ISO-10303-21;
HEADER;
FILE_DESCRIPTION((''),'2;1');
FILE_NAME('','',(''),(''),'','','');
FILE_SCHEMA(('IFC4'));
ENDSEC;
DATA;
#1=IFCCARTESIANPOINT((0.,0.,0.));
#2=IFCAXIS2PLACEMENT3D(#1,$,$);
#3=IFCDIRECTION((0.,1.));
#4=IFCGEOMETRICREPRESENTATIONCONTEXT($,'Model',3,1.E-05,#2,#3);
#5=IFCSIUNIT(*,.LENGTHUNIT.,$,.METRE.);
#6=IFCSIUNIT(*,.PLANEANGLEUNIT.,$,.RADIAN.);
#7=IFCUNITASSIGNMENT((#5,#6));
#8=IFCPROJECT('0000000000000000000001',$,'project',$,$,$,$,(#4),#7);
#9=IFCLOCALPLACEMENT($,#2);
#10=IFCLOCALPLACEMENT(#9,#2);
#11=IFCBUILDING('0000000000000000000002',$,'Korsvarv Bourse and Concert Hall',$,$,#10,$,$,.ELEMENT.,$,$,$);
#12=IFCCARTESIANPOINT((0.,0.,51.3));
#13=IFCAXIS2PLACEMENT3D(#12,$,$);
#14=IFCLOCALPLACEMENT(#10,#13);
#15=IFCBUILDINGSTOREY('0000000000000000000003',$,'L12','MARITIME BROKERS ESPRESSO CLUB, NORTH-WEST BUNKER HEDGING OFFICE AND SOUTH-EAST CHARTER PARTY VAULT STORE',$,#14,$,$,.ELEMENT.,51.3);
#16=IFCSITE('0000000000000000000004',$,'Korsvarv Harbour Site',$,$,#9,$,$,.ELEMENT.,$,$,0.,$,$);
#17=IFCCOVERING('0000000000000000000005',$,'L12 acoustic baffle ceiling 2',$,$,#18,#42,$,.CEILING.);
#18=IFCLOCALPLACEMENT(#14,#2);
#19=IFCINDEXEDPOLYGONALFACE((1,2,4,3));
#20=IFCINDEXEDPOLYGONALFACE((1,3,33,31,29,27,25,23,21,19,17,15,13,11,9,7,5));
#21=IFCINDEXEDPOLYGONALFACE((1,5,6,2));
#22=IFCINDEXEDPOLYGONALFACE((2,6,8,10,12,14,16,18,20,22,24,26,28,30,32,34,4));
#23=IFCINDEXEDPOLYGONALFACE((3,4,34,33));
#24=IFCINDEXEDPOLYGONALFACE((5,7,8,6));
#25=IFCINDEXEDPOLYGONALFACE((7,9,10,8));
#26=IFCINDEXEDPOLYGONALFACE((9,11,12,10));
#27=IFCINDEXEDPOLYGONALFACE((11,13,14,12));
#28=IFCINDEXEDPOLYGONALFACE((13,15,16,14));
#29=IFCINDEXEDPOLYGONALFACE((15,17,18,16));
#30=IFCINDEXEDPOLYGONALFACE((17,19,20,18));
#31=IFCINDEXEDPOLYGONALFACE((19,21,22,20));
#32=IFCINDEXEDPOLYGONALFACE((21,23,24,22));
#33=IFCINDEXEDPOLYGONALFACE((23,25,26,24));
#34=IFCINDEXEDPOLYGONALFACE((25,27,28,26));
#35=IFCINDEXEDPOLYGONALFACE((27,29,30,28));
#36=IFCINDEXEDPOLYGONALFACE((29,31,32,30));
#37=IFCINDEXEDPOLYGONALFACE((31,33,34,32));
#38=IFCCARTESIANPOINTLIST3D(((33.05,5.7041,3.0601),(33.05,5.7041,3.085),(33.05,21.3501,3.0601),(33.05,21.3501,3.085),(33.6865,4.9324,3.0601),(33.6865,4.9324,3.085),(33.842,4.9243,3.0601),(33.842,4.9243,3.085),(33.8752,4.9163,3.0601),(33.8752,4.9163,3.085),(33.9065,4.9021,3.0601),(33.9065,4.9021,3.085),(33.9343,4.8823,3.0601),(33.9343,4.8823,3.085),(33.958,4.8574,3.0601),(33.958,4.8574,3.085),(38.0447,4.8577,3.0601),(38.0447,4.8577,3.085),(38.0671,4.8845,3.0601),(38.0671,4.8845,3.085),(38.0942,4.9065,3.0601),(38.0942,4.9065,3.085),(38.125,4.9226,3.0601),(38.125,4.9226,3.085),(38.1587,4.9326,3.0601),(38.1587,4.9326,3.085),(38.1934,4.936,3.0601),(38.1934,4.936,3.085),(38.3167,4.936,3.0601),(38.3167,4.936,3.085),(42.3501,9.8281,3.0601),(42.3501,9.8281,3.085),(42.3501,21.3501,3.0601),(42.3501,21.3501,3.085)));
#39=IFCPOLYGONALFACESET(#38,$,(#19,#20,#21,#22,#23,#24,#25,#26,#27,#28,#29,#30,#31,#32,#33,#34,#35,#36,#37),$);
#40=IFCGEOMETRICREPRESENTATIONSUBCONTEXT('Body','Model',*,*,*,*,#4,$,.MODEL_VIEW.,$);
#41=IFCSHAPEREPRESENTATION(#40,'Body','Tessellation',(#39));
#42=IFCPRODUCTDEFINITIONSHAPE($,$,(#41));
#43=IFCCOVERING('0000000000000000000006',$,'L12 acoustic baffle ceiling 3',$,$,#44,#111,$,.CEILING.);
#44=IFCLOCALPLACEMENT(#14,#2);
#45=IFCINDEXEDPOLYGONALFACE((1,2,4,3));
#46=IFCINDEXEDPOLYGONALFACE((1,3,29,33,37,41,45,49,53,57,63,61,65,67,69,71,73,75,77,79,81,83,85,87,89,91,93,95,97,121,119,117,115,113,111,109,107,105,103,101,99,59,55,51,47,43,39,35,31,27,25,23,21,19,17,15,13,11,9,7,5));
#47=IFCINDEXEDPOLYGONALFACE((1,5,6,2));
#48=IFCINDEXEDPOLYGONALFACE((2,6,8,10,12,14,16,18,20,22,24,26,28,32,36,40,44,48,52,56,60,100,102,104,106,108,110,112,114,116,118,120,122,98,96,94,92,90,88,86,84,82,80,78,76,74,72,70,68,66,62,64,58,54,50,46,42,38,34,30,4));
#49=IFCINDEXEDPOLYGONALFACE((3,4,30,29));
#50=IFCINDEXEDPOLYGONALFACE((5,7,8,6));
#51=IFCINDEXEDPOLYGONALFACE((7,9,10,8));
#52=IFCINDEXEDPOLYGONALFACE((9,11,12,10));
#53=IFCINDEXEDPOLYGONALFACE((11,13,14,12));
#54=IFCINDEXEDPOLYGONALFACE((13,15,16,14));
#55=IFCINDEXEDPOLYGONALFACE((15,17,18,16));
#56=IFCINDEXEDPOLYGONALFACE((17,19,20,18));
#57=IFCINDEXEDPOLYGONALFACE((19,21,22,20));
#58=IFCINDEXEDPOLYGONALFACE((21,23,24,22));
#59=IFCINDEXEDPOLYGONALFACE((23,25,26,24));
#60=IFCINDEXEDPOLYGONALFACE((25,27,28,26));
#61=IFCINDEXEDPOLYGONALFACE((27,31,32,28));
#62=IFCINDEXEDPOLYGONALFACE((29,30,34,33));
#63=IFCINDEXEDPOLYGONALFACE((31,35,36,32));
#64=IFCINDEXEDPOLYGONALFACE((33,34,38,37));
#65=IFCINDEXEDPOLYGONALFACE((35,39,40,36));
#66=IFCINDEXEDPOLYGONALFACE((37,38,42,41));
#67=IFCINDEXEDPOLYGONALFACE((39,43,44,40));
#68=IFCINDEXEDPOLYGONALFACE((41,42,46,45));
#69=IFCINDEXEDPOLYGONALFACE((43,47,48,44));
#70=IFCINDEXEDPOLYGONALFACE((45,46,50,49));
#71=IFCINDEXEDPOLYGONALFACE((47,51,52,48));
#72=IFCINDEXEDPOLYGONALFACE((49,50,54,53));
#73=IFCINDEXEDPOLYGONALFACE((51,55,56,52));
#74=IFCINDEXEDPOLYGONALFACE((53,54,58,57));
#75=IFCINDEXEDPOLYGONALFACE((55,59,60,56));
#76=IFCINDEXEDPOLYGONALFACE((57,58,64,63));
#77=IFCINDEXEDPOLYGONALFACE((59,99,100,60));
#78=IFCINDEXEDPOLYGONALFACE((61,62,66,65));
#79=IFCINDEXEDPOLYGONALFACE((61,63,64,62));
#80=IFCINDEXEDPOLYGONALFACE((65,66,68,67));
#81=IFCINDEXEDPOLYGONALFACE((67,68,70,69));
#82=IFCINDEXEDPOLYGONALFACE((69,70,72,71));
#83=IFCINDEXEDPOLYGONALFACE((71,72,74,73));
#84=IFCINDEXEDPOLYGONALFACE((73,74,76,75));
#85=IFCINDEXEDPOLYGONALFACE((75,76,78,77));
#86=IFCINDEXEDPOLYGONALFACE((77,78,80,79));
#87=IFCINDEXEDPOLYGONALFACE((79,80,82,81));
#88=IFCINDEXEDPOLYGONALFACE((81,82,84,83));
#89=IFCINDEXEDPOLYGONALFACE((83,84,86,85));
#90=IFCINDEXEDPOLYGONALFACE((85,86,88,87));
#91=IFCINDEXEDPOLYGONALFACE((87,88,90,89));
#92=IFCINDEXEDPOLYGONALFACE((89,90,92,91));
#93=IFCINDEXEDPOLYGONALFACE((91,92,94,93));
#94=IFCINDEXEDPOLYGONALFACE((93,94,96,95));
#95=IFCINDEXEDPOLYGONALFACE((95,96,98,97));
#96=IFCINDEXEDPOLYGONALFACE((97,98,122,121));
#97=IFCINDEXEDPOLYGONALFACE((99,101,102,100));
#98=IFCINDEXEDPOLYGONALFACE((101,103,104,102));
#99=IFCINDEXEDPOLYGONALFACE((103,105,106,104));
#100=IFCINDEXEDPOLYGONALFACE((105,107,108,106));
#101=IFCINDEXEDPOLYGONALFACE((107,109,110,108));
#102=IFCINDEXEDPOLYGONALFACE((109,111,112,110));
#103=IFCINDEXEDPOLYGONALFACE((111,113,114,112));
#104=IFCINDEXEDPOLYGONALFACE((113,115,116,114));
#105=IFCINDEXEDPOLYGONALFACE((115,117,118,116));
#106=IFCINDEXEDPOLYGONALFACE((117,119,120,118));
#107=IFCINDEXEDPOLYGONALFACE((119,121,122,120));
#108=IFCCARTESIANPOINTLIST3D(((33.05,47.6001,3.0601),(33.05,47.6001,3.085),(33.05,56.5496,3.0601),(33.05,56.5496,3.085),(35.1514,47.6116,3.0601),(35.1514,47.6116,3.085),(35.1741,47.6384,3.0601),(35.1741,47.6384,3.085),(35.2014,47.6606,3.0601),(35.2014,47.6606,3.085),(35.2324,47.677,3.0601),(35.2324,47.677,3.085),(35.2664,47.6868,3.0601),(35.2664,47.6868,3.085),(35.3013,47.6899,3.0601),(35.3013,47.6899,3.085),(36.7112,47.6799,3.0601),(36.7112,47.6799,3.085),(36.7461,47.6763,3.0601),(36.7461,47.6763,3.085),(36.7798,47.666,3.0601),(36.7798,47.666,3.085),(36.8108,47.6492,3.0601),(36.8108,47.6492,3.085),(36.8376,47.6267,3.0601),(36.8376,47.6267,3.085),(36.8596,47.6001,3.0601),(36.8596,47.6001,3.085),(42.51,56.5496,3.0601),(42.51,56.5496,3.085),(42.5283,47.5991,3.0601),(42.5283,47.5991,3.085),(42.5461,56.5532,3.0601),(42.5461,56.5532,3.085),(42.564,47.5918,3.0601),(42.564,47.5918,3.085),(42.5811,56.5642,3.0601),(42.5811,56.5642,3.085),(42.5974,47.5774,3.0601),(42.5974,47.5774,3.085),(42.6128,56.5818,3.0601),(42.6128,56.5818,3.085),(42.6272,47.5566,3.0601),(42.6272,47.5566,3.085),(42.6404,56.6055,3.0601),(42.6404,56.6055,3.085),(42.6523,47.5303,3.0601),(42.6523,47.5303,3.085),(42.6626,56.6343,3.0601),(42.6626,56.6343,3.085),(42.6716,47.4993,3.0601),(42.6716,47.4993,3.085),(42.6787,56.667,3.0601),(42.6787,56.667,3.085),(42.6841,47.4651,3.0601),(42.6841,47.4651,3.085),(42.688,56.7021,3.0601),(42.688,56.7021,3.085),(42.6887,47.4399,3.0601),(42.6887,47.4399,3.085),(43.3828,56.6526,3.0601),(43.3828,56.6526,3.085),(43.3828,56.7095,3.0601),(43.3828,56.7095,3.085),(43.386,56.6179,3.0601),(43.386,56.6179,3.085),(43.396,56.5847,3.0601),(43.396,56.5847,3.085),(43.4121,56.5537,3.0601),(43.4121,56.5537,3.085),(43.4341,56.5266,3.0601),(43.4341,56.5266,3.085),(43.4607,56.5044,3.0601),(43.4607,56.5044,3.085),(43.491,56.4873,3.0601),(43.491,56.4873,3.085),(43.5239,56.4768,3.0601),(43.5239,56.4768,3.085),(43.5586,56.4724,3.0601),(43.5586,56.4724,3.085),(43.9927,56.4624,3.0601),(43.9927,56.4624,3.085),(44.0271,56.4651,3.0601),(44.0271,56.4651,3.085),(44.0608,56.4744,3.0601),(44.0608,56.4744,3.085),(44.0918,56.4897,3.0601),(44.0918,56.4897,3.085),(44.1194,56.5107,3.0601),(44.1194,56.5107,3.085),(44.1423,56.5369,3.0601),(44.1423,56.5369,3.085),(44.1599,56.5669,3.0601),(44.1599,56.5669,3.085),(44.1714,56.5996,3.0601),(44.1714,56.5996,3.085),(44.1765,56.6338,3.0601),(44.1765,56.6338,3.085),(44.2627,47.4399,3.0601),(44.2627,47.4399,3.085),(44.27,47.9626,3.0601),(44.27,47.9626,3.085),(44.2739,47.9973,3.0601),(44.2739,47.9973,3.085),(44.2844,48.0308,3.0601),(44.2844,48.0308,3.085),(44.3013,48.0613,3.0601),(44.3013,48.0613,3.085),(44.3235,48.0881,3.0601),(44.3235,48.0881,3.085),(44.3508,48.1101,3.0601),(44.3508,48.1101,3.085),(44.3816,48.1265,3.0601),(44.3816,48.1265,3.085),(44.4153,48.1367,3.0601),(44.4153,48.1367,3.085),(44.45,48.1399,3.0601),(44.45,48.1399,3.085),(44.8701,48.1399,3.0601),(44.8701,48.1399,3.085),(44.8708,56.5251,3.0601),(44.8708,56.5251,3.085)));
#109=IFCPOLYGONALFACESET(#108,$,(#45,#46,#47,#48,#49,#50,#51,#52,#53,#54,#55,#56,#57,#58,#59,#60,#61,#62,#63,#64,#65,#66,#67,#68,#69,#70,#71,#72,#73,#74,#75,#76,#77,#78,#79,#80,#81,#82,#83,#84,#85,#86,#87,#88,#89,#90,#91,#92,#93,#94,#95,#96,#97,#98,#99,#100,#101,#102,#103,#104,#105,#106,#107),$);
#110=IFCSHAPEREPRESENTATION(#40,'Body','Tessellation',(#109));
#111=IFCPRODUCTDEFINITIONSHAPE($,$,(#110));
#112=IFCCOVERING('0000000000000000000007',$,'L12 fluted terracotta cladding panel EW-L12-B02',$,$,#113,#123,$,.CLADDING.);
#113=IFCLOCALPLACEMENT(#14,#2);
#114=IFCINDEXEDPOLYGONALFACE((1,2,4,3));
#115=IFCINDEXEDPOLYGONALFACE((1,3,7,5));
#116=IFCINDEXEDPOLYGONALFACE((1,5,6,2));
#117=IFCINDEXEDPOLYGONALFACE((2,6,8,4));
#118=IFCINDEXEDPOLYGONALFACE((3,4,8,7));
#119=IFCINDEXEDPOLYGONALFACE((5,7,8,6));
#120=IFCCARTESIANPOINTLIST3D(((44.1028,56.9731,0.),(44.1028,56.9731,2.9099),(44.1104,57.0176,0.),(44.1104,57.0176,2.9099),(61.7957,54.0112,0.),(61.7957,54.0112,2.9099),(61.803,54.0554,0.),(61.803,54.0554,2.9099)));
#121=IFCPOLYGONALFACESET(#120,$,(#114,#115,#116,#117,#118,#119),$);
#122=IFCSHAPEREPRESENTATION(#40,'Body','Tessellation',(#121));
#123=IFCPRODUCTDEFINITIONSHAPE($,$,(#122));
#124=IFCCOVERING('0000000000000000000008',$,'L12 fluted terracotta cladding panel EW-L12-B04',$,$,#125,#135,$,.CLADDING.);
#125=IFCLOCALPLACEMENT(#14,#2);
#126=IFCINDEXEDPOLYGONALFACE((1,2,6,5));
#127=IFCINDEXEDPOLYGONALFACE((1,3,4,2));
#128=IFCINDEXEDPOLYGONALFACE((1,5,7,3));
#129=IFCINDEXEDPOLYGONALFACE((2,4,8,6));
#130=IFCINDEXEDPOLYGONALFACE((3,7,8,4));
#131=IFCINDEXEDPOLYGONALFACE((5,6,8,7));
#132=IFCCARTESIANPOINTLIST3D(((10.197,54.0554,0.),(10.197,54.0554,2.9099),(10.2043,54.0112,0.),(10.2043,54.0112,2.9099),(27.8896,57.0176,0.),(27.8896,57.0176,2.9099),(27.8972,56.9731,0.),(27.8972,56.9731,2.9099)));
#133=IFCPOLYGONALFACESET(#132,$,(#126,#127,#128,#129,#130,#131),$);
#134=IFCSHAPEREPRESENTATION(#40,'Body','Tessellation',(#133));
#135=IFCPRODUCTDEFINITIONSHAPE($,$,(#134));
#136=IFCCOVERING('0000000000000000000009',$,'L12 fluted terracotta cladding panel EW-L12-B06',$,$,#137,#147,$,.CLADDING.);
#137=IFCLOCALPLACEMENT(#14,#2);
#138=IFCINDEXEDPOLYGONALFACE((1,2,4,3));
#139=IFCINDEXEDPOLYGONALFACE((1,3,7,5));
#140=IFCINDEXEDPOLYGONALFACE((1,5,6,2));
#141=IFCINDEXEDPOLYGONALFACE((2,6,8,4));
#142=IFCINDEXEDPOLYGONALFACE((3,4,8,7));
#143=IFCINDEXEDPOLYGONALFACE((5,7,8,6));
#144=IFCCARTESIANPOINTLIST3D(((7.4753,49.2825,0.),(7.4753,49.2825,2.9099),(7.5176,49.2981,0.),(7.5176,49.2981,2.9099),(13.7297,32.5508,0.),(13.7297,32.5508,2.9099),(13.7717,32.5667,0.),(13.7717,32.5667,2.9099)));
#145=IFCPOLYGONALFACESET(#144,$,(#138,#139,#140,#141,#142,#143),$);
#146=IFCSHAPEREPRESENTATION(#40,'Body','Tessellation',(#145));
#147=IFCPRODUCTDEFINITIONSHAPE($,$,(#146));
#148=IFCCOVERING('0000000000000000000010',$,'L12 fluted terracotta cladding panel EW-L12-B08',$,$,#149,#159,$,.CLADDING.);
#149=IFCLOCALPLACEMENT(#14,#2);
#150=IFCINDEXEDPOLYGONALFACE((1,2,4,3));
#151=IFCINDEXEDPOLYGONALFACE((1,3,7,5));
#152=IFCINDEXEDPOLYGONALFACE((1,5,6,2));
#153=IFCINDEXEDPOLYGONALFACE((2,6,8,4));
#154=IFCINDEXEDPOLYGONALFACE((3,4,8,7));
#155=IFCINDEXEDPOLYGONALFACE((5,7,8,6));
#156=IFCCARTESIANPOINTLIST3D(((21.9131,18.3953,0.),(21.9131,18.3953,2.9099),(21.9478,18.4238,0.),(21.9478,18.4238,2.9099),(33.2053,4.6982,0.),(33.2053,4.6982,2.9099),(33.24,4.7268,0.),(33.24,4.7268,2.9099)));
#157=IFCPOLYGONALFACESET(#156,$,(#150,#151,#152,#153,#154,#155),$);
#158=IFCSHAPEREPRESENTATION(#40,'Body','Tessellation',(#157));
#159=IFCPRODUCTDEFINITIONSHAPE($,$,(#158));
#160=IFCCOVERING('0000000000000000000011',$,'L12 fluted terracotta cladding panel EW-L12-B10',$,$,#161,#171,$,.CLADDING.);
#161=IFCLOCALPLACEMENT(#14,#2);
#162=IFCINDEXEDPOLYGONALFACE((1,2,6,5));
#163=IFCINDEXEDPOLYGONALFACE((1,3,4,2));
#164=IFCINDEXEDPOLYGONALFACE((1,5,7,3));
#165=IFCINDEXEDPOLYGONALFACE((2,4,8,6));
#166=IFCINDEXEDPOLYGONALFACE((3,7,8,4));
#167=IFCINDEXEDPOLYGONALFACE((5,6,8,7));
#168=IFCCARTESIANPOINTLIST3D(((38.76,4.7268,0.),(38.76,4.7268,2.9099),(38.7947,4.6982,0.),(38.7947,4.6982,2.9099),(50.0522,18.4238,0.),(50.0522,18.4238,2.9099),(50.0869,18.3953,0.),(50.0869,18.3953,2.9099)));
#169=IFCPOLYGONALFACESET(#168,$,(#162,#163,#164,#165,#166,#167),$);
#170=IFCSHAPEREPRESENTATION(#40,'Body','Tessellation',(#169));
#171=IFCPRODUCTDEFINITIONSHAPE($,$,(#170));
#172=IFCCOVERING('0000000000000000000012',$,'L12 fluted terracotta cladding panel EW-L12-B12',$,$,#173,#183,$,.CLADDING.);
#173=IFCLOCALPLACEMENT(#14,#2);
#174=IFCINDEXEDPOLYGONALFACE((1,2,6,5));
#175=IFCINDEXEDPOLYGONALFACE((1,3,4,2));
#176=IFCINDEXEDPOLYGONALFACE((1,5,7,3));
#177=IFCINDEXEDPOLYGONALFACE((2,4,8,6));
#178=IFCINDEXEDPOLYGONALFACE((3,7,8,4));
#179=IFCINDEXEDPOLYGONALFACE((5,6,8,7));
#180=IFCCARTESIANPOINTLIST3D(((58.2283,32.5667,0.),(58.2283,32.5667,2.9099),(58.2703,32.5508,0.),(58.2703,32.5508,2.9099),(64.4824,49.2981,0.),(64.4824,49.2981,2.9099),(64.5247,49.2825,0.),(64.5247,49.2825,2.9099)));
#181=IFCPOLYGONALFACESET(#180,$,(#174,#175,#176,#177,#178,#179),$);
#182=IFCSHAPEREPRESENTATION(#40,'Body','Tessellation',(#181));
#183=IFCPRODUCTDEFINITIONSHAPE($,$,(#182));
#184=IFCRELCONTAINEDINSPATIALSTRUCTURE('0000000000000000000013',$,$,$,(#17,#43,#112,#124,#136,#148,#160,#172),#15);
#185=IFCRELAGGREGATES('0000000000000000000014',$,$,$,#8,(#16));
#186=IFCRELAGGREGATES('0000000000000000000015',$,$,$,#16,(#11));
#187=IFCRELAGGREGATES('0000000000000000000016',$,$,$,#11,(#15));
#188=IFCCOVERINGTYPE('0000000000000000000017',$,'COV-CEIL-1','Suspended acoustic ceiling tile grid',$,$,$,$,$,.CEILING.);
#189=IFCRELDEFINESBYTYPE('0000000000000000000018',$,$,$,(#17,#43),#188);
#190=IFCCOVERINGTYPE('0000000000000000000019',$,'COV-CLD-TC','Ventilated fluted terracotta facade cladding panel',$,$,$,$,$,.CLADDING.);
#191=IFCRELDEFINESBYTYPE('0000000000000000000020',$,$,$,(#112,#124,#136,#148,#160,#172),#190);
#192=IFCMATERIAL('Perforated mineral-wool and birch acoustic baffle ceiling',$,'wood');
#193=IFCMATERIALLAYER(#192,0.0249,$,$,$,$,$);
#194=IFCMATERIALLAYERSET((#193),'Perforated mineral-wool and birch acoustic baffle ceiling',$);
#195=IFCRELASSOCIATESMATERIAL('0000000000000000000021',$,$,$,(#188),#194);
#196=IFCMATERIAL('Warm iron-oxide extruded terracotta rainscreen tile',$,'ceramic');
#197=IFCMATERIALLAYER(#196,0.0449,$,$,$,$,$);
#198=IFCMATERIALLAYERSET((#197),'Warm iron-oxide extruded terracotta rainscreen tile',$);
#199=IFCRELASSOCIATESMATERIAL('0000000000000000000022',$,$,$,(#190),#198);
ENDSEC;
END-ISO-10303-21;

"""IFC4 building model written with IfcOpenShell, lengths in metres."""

from ifc_helpers import new_model, si_unit, direction, frame, origin, place, context, subcontext, project, spatial, polyline, outline, extrude, material, layer, layer_set, type_object, element, save


model = new_model("IFC4")

# Units and contexts
model_context = context("Model", 3, precision=1e-05, world=origin(), true_north=direction((0.0, 1.0)))
body_context = subcontext(model_context, "Body", "Model", "MODEL_VIEW")
ifc_project = project(units=[si_unit("LENGTHUNIT", "METRE"), si_unit("PLANEANGLEUNIT", "RADIAN")], contexts=[model_context])

# Site, building, storey
site_placement = place(None, origin())
site = spatial("IfcSite", under=ifc_project, at=site_placement, Name="Korsvarv Harbour Site", CompositionType="ELEMENT", RefElevation=0.0)
building_placement = place(site_placement, origin())
building = spatial("IfcBuilding", under=site, at=building_placement, Name="Korsvarv Bourse and Concert Hall", CompositionType="ELEMENT")
storey_placement = place(building_placement, frame((0.0, 0.0, 51.3)))
storey = spatial("IfcBuildingStorey", under=building, at=storey_placement, Name="L12", Description="MARITIME BROKERS ESPRESSO CLUB, NORTH-WEST BUNKER HEDGING OFFICE AND SOUTH-EAST CHARTER PARTY VAULT STORE", CompositionType="ELEMENT", Elevation=51.3)

# Coverings
ifc_material_1 = material(Name="Perforated mineral-wool and birch acoustic baffle ceiling", Category="wood")
ifc_layer_1 = layer(ifc_material_1, 0.0249)
ifc_layer_set_1 = layer_set([ifc_layer_1], Name="Perforated mineral-wool and birch acoustic baffle ceiling")
covering_type_1 = type_object("IfcCoveringType", Name="COV-CEIL-1", Description="Suspended acoustic ceiling tile grid", PredefinedType="CEILING", material=ifc_layer_set_1)
covering_1_placement = place(storey_placement, frame((0.0, 0.0, 3.0601)))
element("IfcCovering", 1, at=covering_1_placement, inside=storey, type_object=covering_type_1, Name="L12 acoustic baffle ceiling 2", PredefinedType="CEILING", context=body_context, shape_type="SweptSolid", body=[
    extrude(outline(polyline([(33.958, 4.8574), (33.9343, 4.8823), (33.9065, 4.9021), (33.8752, 4.9163), (33.842, 4.9243), (33.6865, 4.9324), (33.05, 5.7041), (33.05, 21.3501), (42.3501, 21.3501), (42.3501, 9.8281), (38.3167, 4.936), (38.1934, 4.936), (38.1587, 4.9326), (38.125, 4.9226), (38.0942, 4.9065), (38.0671, 4.8845), (38.0447, 4.8577), (33.958, 4.8574)])), origin(), (0.0, 0.0, 1.0), 0.0249),
])
covering_2_placement = place(storey_placement, frame((0.0, 0.0, 3.0601)))
element("IfcCovering", 2, at=covering_2_placement, inside=storey, type_object=covering_type_1, Name="L12 acoustic baffle ceiling 3", PredefinedType="CEILING", context=body_context, shape_type="SweptSolid", body=[
    extrude(outline(polyline([(33.05, 47.6001), (33.05, 56.5496), (42.51, 56.5496), (42.5461, 56.5532), (42.5811, 56.5642), (42.6128, 56.5818), (42.6404, 56.6055), (42.6626, 56.6343), (42.6787, 56.667), (42.688, 56.7021), (43.3828, 56.7095), (43.3828, 56.6526), (43.386, 56.6179), (43.396, 56.5847), (43.4121, 56.5537), (43.4341, 56.5266), (43.4607, 56.5044), (43.491, 56.4873), (43.5239, 56.4768), (43.5586, 56.4724), (43.9927, 56.4624), (44.0271, 56.4651), (44.0608, 56.4744), (44.0918, 56.4897), (44.1194, 56.5107), (44.1423, 56.5369), (44.1599, 56.5669), (44.1714, 56.5996), (44.1765, 56.6338), (44.8708, 56.5251), (44.8701, 48.1399), (44.45, 48.1399), (44.4153, 48.1367), (44.3816, 48.1265), (44.3508, 48.1101), (44.3235, 48.0881), (44.3013, 48.0613), (44.2844, 48.0308), (44.2739, 47.9973), (44.27, 47.9626), (44.2627, 47.4399), (42.6887, 47.4399), (42.6841, 47.4651), (42.6716, 47.4993), (42.6523, 47.5303), (42.6272, 47.5566), (42.5974, 47.5774), (42.564, 47.5918), (42.5283, 47.5991), (36.8596, 47.6001), (36.8376, 47.6267), (36.8108, 47.6492), (36.7798, 47.666), (36.7461, 47.6763), (36.7112, 47.6799), (35.3013, 47.6899), (35.2664, 47.6868), (35.2324, 47.677), (35.2014, 47.6606), (35.1741, 47.6384), (35.1514, 47.6116), (33.05, 47.6001)])), origin(), (0.0, 0.0, 1.0), 0.0249),
])
ifc_material_2 = material(Name="Warm iron-oxide extruded terracotta rainscreen tile", Category="ceramic")
ifc_layer_2 = layer(ifc_material_2, 0.0449)
ifc_layer_set_2 = layer_set([ifc_layer_2], Name="Warm iron-oxide extruded terracotta rainscreen tile")
covering_type_2 = type_object("IfcCoveringType", Name="COV-CLD-TC", Description="Ventilated fluted terracotta facade cladding panel", PredefinedType="CLADDING", material=ifc_layer_set_2)
covering_3_placement = place(storey_placement, origin())
element("IfcCovering", 3, at=covering_3_placement, inside=storey, type_object=covering_type_2, Name="L12 fluted terracotta cladding panel EW-L12-B02", PredefinedType="CLADDING", context=body_context, shape_type="SweptSolid", body=[
    extrude(outline(polyline([(61.7957, 54.0112), (44.1028, 56.9731), (44.1104, 57.0176), (61.803, 54.0554), (61.7957, 54.0112)])), origin(), (0.0, 0.0, 1.0), 2.9099),
])
covering_4_placement = place(storey_placement, origin())
element("IfcCovering", 4, at=covering_4_placement, inside=storey, type_object=covering_type_2, Name="L12 fluted terracotta cladding panel EW-L12-B04", PredefinedType="CLADDING", context=body_context, shape_type="SweptSolid", body=[
    extrude(outline(polyline([(27.8972, 56.9731), (10.2043, 54.0112), (10.197, 54.0554), (27.8896, 57.0176), (27.8972, 56.9731)])), origin(), (0.0, 0.0, 1.0), 2.9099),
])
covering_5_placement = place(storey_placement, origin())
element("IfcCovering", 5, at=covering_5_placement, inside=storey, type_object=covering_type_2, Name="L12 fluted terracotta cladding panel EW-L12-B06", PredefinedType="CLADDING", context=body_context, shape_type="SweptSolid", body=[
    extrude(outline(polyline([(7.5176, 49.2981), (13.7717, 32.5667), (13.7297, 32.5508), (7.4753, 49.2825), (7.5176, 49.2981)])), origin(), (0.0, 0.0, 1.0), 2.9099),
])
covering_6_placement = place(storey_placement, origin())
element("IfcCovering", 6, at=covering_6_placement, inside=storey, type_object=covering_type_2, Name="L12 fluted terracotta cladding panel EW-L12-B08", PredefinedType="CLADDING", context=body_context, shape_type="SweptSolid", body=[
    extrude(outline(polyline([(21.9478, 18.4238), (33.24, 4.7268), (33.2053, 4.6982), (21.9131, 18.3953), (21.9478, 18.4238)])), origin(), (0.0, 0.0, 1.0), 2.9099),
])
covering_7_placement = place(storey_placement, origin())
element("IfcCovering", 7, at=covering_7_placement, inside=storey, type_object=covering_type_2, Name="L12 fluted terracotta cladding panel EW-L12-B10", PredefinedType="CLADDING", context=body_context, shape_type="SweptSolid", body=[
    extrude(outline(polyline([(38.76, 4.7268), (50.0522, 18.4238), (50.0869, 18.3953), (38.7947, 4.6982), (38.76, 4.7268)])), origin(), (0.0, 0.0, 1.0), 2.9099),
])
covering_8_placement = place(storey_placement, origin())
element("IfcCovering", 8, at=covering_8_placement, inside=storey, type_object=covering_type_2, Name="L12 fluted terracotta cladding panel EW-L12-B12", PredefinedType="CLADDING", context=body_context, shape_type="SweptSolid", body=[
    extrude(outline(polyline([(58.2283, 32.5667), (64.4824, 49.2981), (64.5247, 49.2825), (58.2703, 32.5508), (58.2283, 32.5667)])), origin(), (0.0, 0.0, 1.0), 2.9099),
])

save(model, "model.ifc")
